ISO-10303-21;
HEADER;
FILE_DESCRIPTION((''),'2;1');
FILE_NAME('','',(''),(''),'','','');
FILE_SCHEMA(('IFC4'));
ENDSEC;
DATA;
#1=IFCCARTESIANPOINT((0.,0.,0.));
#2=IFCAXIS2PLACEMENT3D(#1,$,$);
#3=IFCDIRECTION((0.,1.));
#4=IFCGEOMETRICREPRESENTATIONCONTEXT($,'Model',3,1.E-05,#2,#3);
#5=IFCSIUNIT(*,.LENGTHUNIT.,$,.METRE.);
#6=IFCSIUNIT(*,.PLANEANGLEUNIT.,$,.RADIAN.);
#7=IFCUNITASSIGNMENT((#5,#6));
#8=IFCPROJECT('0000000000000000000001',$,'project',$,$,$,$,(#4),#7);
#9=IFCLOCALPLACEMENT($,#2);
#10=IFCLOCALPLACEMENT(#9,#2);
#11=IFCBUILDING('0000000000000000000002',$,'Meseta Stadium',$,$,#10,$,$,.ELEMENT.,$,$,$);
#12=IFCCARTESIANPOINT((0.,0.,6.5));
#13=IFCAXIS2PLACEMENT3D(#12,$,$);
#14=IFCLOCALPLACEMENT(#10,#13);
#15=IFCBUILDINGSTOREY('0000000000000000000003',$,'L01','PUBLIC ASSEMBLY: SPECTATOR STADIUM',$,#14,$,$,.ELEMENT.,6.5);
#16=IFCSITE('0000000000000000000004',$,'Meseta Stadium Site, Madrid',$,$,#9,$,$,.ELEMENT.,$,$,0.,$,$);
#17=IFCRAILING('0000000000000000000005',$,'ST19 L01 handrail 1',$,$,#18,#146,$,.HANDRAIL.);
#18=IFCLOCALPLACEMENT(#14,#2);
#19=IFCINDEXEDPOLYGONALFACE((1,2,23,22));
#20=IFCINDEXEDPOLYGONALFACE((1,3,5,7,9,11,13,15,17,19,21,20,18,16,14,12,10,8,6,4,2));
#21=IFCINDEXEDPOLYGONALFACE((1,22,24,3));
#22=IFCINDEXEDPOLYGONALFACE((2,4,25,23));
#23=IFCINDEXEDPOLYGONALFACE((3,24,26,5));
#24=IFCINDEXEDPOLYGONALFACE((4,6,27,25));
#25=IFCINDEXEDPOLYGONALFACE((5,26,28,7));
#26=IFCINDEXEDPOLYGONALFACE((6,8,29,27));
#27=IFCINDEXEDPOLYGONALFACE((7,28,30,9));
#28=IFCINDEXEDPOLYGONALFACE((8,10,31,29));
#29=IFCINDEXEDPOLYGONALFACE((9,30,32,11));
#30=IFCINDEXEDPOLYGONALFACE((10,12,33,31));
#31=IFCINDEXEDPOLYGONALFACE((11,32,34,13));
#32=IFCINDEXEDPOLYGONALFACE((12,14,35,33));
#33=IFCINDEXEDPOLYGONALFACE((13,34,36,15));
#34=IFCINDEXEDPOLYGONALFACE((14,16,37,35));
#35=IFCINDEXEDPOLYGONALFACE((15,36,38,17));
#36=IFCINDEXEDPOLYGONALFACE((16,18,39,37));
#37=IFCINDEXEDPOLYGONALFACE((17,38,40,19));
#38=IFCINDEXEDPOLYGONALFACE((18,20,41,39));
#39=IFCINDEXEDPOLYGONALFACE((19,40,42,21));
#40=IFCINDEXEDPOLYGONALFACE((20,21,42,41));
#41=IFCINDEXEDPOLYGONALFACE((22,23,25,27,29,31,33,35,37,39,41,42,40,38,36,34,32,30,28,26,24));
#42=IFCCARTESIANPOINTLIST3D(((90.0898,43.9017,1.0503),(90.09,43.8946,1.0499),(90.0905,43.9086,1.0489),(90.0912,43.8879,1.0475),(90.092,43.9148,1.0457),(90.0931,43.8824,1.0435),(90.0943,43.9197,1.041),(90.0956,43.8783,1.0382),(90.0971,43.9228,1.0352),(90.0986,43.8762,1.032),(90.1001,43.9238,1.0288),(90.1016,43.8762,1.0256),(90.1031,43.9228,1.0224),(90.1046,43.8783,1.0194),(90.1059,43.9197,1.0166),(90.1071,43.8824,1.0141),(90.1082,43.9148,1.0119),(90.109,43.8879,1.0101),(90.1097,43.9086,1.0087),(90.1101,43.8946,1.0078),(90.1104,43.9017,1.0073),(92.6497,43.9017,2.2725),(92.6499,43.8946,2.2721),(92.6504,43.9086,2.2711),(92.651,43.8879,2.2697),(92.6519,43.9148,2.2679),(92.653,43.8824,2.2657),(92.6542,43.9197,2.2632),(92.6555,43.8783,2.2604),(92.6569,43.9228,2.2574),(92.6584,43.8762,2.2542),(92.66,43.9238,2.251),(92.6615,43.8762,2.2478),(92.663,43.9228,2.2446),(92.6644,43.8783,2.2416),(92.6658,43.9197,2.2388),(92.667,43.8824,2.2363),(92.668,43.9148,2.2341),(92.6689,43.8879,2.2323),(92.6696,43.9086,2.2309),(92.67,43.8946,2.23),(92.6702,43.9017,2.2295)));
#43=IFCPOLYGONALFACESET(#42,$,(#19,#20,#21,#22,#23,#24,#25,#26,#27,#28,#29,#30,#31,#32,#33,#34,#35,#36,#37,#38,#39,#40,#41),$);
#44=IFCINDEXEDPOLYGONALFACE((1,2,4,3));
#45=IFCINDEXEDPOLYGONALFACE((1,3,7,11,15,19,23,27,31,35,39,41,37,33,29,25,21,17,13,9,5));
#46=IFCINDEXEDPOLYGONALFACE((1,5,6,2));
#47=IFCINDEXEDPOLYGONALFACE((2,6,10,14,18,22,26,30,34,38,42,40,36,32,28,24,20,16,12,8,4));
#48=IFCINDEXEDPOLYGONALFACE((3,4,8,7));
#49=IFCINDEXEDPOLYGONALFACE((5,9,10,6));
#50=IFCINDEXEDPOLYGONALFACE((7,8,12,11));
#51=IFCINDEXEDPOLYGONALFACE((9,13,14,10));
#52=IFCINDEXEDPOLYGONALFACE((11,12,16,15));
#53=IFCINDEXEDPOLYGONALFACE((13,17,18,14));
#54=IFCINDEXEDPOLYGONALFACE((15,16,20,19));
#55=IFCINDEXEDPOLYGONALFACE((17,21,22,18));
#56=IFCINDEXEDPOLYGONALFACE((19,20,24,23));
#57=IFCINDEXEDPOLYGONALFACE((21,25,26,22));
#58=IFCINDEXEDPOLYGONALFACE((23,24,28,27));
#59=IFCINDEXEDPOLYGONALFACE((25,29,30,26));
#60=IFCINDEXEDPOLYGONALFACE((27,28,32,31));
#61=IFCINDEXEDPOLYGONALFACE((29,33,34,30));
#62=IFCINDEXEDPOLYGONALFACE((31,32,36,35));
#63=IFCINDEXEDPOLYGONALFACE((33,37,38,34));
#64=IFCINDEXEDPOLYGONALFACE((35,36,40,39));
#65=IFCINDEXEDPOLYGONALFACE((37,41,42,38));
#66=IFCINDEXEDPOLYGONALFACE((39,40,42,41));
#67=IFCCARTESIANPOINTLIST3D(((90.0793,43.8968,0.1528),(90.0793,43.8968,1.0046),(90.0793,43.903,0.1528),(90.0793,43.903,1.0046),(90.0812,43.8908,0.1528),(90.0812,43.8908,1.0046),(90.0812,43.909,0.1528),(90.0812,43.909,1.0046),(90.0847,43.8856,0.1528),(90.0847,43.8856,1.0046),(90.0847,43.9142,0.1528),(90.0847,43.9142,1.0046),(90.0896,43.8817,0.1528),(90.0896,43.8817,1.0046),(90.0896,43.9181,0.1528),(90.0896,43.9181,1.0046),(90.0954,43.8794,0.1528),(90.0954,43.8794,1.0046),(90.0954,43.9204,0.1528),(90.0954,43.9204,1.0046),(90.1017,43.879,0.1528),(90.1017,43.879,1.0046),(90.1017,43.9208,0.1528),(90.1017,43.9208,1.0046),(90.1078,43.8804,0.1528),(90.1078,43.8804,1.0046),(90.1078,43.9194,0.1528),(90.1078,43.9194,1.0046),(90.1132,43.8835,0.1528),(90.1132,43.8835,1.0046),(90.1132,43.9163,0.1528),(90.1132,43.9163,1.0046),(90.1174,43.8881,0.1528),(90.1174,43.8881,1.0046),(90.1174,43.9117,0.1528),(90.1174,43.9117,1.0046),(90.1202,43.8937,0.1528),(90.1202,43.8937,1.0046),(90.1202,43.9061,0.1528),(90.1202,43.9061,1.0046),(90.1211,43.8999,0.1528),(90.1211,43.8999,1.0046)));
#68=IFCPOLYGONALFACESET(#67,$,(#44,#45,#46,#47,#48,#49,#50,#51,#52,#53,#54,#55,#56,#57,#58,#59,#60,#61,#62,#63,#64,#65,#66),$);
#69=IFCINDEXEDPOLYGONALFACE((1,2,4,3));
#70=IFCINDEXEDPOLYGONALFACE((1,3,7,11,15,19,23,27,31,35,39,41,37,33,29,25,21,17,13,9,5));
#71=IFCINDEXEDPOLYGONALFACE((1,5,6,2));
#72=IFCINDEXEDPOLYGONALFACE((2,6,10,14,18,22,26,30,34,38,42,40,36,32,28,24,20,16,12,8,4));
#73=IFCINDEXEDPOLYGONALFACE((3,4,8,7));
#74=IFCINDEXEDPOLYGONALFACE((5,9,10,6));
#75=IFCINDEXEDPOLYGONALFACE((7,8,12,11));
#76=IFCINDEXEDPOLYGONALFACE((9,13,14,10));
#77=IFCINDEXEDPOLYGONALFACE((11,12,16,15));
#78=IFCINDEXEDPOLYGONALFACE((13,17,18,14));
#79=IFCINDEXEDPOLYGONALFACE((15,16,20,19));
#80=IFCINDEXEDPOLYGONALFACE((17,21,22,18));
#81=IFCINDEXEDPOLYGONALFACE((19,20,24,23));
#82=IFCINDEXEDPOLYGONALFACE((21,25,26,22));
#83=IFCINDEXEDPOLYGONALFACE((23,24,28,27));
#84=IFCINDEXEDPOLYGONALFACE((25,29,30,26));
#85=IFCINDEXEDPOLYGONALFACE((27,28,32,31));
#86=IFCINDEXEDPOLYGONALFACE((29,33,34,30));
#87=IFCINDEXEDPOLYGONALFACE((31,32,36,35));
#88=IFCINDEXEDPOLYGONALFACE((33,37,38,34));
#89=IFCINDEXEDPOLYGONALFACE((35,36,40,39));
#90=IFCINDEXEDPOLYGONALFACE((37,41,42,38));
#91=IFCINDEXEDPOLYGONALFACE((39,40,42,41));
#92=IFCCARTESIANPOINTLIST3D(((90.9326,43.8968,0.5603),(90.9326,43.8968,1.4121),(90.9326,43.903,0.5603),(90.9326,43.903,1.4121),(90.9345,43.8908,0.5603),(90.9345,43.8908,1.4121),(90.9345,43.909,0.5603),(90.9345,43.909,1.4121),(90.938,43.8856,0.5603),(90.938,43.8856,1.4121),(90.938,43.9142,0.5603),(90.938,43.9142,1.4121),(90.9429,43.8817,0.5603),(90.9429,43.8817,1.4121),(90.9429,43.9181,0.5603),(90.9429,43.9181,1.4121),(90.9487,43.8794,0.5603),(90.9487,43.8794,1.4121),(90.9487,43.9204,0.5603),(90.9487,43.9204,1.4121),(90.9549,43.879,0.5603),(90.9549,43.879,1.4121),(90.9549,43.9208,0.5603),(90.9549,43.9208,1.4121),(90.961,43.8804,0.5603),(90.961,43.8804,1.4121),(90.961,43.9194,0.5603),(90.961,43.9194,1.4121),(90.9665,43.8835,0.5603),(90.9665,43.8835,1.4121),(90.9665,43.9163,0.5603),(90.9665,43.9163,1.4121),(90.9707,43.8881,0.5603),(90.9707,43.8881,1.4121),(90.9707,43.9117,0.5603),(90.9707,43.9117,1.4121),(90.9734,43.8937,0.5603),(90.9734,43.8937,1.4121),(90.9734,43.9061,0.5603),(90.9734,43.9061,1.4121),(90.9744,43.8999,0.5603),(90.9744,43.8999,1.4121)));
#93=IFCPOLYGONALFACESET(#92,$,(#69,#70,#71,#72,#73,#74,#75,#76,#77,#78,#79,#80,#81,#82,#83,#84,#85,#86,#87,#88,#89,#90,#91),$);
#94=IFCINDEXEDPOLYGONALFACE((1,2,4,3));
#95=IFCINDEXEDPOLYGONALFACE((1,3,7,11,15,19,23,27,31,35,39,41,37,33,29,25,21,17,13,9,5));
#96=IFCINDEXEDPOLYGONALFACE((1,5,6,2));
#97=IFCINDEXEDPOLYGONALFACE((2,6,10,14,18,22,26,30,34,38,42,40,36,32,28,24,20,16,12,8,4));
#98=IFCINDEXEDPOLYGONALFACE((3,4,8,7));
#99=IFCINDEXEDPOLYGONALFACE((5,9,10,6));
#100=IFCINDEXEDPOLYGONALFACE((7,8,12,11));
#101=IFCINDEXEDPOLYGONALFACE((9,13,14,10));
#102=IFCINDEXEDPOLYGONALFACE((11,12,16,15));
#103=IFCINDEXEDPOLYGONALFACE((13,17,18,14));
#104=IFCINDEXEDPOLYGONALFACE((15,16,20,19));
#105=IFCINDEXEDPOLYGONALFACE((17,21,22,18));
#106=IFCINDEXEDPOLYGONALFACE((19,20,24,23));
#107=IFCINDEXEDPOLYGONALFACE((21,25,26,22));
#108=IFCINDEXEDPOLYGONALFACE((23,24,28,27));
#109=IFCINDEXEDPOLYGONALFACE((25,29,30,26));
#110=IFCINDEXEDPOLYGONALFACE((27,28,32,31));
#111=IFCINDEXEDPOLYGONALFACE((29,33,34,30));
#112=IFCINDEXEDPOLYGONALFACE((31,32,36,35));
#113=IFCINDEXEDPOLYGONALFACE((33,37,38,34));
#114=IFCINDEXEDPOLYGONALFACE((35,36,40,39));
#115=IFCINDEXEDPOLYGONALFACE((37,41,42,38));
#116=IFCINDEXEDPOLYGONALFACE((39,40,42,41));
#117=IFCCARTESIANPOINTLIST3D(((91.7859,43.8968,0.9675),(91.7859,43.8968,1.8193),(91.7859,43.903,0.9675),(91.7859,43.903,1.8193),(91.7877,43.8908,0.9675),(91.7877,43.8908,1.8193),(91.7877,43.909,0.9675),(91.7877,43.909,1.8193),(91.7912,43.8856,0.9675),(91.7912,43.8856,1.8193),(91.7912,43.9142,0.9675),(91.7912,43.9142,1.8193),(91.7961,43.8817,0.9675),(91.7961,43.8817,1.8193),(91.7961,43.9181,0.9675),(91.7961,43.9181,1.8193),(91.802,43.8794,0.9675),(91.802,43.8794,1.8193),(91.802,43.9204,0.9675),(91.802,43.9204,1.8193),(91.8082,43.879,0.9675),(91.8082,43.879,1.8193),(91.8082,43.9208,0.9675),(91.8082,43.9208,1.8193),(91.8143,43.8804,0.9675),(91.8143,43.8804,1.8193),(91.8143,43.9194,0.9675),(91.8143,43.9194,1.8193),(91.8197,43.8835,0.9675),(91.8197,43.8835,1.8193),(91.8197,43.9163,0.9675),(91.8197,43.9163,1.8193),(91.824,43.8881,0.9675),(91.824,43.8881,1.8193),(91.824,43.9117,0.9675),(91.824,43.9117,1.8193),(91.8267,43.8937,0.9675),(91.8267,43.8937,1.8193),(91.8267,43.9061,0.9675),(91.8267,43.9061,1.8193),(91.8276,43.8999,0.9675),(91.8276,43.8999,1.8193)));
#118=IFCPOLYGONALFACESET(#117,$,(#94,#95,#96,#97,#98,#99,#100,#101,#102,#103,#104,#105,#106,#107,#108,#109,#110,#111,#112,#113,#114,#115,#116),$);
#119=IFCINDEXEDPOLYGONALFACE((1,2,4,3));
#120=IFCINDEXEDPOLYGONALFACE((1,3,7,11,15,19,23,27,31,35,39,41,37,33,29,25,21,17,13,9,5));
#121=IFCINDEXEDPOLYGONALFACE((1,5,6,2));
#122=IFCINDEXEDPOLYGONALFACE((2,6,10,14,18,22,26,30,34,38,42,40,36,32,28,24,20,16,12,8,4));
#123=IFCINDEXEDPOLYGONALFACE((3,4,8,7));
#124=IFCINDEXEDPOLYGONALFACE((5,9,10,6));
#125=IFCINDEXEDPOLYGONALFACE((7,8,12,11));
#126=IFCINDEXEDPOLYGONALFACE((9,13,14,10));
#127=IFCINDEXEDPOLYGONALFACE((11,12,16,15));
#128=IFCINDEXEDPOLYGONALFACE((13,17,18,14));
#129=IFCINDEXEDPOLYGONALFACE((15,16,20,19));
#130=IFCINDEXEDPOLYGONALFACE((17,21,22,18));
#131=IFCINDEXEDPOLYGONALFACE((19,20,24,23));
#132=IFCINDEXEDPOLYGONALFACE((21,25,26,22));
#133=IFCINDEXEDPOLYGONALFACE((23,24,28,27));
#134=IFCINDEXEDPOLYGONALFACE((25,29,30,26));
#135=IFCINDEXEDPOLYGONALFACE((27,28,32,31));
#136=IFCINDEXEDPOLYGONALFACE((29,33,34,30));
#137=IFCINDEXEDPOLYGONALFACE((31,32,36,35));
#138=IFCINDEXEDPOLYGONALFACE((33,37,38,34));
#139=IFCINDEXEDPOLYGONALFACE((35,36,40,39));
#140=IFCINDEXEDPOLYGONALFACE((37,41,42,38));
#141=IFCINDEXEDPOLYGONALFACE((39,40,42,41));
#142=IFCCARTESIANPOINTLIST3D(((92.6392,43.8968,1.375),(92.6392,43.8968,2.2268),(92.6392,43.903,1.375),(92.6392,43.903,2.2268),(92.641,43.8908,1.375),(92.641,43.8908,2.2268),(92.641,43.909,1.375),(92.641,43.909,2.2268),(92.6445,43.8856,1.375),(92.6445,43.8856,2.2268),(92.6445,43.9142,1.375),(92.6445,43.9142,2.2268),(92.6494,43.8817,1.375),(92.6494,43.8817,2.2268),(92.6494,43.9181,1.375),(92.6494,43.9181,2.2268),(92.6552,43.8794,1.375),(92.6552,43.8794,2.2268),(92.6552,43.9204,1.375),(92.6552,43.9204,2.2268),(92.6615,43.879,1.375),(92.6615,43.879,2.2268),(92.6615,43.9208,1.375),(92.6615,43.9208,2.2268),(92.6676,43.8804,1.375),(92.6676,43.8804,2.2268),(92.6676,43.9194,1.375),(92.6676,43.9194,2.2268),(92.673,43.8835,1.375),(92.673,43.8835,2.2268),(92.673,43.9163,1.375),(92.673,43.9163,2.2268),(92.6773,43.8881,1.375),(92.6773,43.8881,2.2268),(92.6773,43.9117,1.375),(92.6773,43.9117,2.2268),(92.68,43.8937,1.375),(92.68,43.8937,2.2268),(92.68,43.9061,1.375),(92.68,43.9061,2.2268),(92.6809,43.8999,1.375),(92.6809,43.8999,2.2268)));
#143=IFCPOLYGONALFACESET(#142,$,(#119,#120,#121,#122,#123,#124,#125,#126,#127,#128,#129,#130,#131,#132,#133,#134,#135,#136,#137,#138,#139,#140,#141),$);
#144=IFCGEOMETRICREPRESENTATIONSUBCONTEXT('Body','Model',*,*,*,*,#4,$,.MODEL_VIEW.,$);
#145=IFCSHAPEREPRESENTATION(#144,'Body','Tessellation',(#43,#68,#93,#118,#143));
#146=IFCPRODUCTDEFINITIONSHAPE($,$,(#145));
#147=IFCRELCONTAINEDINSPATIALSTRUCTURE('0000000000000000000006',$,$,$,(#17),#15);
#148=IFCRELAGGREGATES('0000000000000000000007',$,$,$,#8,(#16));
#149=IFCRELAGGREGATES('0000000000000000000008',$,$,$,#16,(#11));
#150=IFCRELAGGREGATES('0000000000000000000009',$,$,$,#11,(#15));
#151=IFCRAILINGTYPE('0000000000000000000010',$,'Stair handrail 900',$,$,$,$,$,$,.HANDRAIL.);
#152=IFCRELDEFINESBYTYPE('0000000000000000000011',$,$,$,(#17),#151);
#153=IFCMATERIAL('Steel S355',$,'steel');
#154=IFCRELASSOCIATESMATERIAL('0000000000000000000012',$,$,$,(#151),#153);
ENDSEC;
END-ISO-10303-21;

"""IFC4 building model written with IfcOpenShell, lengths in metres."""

from ifc_helpers import new_model, si_unit, direction, frame, origin, origin_2d, place, context, subcontext, project, spatial, circle, extrude, material, type_object, element, save


model = new_model("IFC4")

# Units and contexts
model_context = context("Model", 3, precision=1e-05, world=origin(), true_north=direction((0.0, 1.0)))
body_context = subcontext(model_context, "Body", "Model", "MODEL_VIEW")
ifc_project = project(units=[si_unit("LENGTHUNIT", "METRE"), si_unit("PLANEANGLEUNIT", "RADIAN")], contexts=[model_context])

# Site, building, storey
site_placement = place(None, origin())
site = spatial("IfcSite", under=ifc_project, at=site_placement, Name="Meseta Stadium Site, Madrid", CompositionType="ELEMENT", RefElevation=0.0)
building_placement = place(site_placement, origin())
building = spatial("IfcBuilding", under=site, at=building_placement, Name="Meseta Stadium", CompositionType="ELEMENT")
storey_placement = place(building_placement, frame((0.0, 0.0, 6.5)))
storey = spatial("IfcBuildingStorey", under=building, at=storey_placement, Name="L01", Description="PUBLIC ASSEMBLY: SPECTATOR STADIUM", CompositionType="ELEMENT", Elevation=6.5)

# Railing
ifc_material_1 = material(Name="Steel S355", Category="steel")
railing_type_1 = type_object("IfcRailingType", Name="Stair handrail 900", PredefinedType="HANDRAIL", material=ifc_material_1)
for number, where, name in (
    (1, (90.1001, 43.8999, 0.1528), "ST19 L01 handrail 1"),
):
    element("IfcRailing", number, at=place(storey_placement, frame(where)), inside=storey, type_object=railing_type_1, Name=name, PredefinedType="HANDRAIL", context=body_context, shape_type="SweptSolid", body=[
        extrude(circle(Radius=0.0239, at=origin_2d()), frame((0.0, 0.0, 0.876), z_axis=(0.902421, 0.0, 0.430855), x_axis=(0.0, 1.0, 0.0)), (0.0, 0.0, 1.0), 2.8367),
        extrude(circle(Radius=0.021, at=origin_2d()), origin(), (0.0, 0.0, 1.0), 0.8518),
        extrude(circle(Radius=0.021, at=origin_2d()), frame((0.8533, 0.0, 0.4075)), (0.0, 0.0, 1.0), 0.8518),
        extrude(circle(Radius=0.021, at=origin_2d()), frame((1.7065, 0.0, 0.8147)), (0.0, 0.0, 1.0), 0.8518),
        extrude(circle(Radius=0.021, at=origin_2d()), frame((2.5598, 0.0, 1.2222)), (0.0, 0.0, 1.0), 0.8518),
    ])

save(model, "model.ifc")
